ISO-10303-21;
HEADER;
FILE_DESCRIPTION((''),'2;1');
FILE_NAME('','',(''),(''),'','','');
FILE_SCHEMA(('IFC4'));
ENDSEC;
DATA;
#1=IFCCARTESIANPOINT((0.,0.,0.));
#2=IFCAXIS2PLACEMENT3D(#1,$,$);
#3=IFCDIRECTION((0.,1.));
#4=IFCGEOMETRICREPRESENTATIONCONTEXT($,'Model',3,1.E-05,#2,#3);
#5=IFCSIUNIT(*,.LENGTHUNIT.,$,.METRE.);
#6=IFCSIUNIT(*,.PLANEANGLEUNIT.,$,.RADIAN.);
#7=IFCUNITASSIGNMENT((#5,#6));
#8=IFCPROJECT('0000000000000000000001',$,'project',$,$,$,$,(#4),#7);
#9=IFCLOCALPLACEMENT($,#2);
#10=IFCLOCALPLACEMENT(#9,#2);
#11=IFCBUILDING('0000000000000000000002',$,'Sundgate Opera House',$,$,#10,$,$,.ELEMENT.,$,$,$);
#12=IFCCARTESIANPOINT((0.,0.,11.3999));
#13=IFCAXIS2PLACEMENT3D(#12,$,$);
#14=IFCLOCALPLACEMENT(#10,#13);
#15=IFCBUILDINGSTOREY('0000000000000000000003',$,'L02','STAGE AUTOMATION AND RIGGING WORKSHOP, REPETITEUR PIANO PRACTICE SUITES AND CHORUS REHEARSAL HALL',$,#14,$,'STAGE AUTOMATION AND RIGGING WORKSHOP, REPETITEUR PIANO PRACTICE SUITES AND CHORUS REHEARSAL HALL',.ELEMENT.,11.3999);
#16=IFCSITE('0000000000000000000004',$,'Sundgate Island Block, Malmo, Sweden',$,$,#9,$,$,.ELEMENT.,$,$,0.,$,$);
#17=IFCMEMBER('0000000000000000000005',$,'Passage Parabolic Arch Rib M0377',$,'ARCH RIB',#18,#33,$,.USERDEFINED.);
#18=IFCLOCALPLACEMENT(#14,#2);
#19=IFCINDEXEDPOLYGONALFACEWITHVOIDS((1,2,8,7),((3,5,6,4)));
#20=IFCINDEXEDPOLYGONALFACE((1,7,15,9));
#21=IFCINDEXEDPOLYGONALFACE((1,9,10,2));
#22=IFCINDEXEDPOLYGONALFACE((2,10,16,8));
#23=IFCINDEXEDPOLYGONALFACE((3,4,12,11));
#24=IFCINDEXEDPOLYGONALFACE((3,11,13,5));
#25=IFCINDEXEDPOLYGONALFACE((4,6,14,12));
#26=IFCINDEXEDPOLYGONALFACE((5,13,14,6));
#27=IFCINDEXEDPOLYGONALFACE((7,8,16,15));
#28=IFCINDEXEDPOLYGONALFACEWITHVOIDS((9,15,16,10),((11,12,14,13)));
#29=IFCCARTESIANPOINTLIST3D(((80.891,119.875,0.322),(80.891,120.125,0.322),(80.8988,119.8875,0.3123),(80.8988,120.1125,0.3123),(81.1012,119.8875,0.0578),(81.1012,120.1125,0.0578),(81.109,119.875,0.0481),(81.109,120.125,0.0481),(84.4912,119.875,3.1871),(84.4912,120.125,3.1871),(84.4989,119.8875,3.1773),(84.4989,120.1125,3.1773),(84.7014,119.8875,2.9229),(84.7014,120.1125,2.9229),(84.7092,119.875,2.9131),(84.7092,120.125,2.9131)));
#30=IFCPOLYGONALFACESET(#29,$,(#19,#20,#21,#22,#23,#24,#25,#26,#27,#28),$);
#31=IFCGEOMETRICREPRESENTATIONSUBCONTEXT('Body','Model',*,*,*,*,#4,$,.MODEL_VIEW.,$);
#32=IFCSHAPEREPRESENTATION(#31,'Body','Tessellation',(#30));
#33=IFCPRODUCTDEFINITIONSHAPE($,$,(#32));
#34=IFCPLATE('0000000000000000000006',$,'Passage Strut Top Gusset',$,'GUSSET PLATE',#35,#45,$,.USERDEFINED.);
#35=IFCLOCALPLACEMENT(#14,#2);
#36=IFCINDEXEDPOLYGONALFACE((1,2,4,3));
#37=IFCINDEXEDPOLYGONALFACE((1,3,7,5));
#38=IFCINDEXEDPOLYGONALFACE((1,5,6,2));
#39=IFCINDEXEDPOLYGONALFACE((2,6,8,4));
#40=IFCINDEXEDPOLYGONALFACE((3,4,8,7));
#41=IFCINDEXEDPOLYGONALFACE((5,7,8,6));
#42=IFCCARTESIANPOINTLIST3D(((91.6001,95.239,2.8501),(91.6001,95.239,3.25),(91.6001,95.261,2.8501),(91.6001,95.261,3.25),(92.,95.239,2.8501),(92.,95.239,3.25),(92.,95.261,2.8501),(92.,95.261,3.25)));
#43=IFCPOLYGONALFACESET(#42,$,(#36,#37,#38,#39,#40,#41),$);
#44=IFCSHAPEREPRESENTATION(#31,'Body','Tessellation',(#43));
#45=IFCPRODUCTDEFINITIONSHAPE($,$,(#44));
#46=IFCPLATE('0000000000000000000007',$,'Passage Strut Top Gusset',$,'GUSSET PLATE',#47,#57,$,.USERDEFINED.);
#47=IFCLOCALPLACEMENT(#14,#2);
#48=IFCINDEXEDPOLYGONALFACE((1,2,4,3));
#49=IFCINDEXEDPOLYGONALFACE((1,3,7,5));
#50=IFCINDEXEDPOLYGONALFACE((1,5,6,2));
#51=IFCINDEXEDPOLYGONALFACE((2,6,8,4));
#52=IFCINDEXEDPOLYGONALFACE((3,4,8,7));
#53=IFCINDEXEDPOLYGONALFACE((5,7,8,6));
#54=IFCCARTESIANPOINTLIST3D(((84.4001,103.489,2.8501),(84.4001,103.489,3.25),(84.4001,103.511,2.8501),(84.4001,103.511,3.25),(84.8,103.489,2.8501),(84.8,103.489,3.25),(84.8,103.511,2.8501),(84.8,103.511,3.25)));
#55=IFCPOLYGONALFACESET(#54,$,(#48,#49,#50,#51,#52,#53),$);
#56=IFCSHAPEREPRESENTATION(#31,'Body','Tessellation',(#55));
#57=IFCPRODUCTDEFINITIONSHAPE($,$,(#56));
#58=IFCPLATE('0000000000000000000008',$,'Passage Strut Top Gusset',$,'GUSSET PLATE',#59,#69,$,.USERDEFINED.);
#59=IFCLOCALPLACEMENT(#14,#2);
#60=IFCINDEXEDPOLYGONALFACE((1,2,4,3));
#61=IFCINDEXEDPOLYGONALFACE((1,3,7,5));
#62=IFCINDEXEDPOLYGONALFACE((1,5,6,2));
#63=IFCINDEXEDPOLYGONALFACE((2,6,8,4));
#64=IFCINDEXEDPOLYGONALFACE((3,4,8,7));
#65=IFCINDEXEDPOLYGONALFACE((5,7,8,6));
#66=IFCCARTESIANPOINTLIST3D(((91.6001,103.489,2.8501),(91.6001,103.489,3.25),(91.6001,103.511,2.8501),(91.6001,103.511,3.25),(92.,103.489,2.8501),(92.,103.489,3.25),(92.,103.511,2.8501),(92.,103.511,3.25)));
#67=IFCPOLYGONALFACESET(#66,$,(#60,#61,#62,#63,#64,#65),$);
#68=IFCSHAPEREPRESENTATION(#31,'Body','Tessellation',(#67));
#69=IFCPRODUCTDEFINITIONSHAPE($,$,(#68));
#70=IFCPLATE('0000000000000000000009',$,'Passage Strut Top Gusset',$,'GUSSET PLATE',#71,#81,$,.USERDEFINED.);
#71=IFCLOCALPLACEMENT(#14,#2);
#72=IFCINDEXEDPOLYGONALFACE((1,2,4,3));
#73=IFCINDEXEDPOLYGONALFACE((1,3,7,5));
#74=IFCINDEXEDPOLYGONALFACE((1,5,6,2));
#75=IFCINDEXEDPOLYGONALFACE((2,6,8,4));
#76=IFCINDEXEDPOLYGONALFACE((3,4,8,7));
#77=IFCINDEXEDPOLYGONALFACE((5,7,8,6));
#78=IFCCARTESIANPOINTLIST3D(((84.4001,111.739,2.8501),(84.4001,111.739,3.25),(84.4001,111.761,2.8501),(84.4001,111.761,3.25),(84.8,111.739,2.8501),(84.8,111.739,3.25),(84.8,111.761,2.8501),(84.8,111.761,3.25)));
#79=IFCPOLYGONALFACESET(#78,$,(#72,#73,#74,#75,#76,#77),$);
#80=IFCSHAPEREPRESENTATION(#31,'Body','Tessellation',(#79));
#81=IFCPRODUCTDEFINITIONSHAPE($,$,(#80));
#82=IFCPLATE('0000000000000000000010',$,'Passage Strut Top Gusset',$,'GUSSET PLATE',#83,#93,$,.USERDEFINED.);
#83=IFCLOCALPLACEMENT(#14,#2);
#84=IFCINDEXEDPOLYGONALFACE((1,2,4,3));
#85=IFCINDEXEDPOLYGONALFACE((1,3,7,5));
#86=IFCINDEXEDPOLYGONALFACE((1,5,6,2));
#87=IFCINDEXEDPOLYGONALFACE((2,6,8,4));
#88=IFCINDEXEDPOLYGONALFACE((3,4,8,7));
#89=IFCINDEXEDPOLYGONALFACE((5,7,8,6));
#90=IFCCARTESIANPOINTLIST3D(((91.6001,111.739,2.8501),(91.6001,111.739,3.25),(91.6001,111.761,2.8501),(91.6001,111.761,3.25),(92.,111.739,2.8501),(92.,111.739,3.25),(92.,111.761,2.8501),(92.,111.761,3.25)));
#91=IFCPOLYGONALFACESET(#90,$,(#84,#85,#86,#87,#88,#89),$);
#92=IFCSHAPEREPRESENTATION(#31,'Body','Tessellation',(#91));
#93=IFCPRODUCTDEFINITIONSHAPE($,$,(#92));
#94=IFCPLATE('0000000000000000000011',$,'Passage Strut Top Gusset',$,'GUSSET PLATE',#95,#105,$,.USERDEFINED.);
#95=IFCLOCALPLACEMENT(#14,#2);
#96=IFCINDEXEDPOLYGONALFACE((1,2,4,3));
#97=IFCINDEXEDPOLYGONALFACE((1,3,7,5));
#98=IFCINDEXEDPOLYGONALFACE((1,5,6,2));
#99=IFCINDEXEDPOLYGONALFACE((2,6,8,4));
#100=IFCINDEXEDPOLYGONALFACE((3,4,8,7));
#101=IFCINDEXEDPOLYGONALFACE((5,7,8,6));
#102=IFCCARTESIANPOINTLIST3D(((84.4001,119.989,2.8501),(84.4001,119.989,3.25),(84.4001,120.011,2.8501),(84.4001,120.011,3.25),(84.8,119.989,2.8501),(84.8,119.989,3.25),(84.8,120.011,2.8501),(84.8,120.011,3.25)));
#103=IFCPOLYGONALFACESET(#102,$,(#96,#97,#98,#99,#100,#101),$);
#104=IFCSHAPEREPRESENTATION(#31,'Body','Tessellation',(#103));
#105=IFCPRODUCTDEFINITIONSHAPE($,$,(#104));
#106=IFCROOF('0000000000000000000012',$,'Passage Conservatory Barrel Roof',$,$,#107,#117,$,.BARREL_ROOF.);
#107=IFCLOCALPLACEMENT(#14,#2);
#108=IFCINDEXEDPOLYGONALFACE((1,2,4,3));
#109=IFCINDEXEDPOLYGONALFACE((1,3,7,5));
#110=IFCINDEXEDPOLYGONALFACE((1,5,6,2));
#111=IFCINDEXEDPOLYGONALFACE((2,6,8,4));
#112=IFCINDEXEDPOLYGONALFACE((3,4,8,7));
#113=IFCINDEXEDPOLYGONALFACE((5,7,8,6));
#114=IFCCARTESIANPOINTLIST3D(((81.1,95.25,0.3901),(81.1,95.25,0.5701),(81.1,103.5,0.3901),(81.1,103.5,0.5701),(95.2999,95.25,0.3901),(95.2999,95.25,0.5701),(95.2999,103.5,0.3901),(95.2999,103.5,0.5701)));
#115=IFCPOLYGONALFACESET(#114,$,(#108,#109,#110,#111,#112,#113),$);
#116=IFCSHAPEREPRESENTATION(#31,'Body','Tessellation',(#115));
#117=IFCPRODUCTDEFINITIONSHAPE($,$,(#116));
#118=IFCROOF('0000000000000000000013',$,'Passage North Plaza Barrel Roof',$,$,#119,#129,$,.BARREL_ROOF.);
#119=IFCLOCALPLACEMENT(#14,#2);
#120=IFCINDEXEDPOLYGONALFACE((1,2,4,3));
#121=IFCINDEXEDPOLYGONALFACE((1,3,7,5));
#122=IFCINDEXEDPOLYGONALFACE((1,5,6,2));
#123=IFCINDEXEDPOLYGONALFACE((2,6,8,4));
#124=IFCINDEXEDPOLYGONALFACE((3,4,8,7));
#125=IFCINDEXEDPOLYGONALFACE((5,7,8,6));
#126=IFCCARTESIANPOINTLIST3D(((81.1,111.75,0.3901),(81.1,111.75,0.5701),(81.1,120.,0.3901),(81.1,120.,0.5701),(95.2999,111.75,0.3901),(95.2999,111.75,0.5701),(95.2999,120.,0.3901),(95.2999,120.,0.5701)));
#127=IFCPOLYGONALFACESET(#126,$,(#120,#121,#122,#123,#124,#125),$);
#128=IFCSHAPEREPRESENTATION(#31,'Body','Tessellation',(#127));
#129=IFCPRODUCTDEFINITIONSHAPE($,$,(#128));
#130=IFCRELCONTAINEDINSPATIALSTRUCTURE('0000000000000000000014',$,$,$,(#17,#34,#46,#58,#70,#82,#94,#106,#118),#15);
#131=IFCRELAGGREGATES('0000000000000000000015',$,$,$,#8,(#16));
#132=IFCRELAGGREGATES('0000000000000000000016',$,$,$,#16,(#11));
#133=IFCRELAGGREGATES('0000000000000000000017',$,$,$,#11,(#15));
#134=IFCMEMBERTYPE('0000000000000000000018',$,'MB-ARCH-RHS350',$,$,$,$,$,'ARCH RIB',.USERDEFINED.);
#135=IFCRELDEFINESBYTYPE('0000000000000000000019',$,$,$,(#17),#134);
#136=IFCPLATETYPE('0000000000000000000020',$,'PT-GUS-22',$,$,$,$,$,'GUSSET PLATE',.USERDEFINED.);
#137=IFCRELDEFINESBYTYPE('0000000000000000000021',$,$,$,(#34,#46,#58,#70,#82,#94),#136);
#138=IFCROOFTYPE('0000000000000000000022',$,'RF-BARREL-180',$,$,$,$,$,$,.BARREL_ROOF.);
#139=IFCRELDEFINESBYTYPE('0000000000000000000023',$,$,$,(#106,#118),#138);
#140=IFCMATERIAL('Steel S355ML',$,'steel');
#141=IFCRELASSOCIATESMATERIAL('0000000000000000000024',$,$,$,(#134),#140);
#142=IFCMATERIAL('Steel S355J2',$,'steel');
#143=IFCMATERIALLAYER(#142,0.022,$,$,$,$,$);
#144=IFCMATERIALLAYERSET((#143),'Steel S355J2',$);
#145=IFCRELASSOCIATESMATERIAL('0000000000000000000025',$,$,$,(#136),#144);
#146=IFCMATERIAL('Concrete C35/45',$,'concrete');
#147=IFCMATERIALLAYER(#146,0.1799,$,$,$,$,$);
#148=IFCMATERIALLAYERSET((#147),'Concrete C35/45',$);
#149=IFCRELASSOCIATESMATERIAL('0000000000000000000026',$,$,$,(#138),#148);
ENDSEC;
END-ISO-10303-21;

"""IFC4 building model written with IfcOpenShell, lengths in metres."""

from ifc_helpers import new_model, si_unit, direction, frame, origin, origin_2d, place, context, subcontext, project, spatial, rectangle, hollow_rectangle, extrude, material, layer, layer_set, material_profile, profile_set, type_object, element, save


model = new_model("IFC4")

# Units and contexts
model_context = context("Model", 3, precision=1e-05, world=origin(), true_north=direction((0.0, 1.0)))
body_context = subcontext(model_context, "Body", "Model", "MODEL_VIEW")
ifc_project = project(units=[si_unit("LENGTHUNIT", "METRE"), si_unit("PLANEANGLEUNIT", "RADIAN")], contexts=[model_context])

# Site, building, storey
site_placement = place(None, origin())
site = spatial("IfcSite", under=ifc_project, at=site_placement, Name="Sundgate Island Block, Malmo, Sweden", CompositionType="ELEMENT", RefElevation=0.0)
building_placement = place(site_placement, origin())
building = spatial("IfcBuilding", under=site, at=building_placement, Name="Sundgate Opera House", CompositionType="ELEMENT")
storey_placement = place(building_placement, frame((0.0, 0.0, 11.3999)))
storey = spatial("IfcBuildingStorey", under=building, at=storey_placement, Name="L02", Description="STAGE AUTOMATION AND RIGGING WORKSHOP, REPETITEUR PIANO PRACTICE SUITES AND CHORUS REHEARSAL HALL", LongName="STAGE AUTOMATION AND RIGGING WORKSHOP, REPETITEUR PIANO PRACTICE SUITES AND CHORUS REHEARSAL HALL", CompositionType="ELEMENT", Elevation=11.3999)

# Member
ifc_material_1 = material(Name="Steel S355ML", Category="steel")
ifc_material_profile_1 = material_profile(ifc_material_1, hollow_rectangle(XDim=0.25, YDim=0.3501, WallThickness=0.0125, at=origin_2d()), Name="RHS 350x250x12.5")
ifc_profile_set_1 = profile_set([ifc_material_profile_1], Name="Steel S355ML")
member_type_1 = type_object("IfcMemberType", Name="MB-ARCH-RHS350", ElementType="ARCH RIB", PredefinedType="USERDEFINED", material=ifc_profile_set_1)
for number, where, z_axis, x_axis, name in (
    (1, (81.0, 120.0, 0.1851), (0.782466, 0.0, 0.622693), (0.0, 1.0, 0.0), "Passage Parabolic Arch Rib M0377"),
):
    element("IfcMember", number, at=place(storey_placement, frame(where, z_axis=z_axis, x_axis=x_axis)), inside=storey, type_object=member_type_1, Name=name, ObjectType="ARCH RIB", PredefinedType="USERDEFINED", context=body_context, shape_type="SweptSolid", body=[
        extrude(hollow_rectangle(XDim=0.25, YDim=0.3501, WallThickness=0.0125, at=origin_2d()), origin(), (0.0, 0.0, 1.0), 4.6011),
    ])

# Plates
ifc_material_2 = material(Name="Steel S355J2", Category="steel")
ifc_layer_1 = layer(ifc_material_2, 0.022)
ifc_layer_set_1 = layer_set([ifc_layer_1], Name="Steel S355J2")
plate_type = type_object("IfcPlateType", Name="PT-GUS-22", ElementType="GUSSET PLATE", PredefinedType="USERDEFINED", material=ifc_layer_set_1)
for number, where, z_axis, x_axis, name in (
    (2, (91.8, 95.25, 2.8501), (0.0, 0.0, 1.0), (1.0, 0.0, 0.0), "Passage Strut Top Gusset"),
    (3, (84.6001, 103.5, 2.8501), (0.0, 0.0, 1.0), (1.0, 0.0, 0.0), "Passage Strut Top Gusset"),
    (4, (91.8, 103.5, 2.8501), (0.0, 0.0, 1.0), (1.0, 0.0, 0.0), "Passage Strut Top Gusset"),
    (5, (84.6001, 111.75, 2.8501), (0.0, 0.0, 1.0), (1.0, 0.0, 0.0), "Passage Strut Top Gusset"),
    (6, (91.8, 111.75, 2.8501), (0.0, 0.0, 1.0), (1.0, 0.0, 0.0), "Passage Strut Top Gusset"),
    (7, (84.6001, 120.0, 2.8501), (0.0, 0.0, 1.0), (1.0, 0.0, 0.0), "Passage Strut Top Gusset"),
):
    element("IfcPlate", number, at=place(storey_placement, frame(where, z_axis=z_axis, x_axis=x_axis)), inside=storey, type_object=plate_type, Name=name, ObjectType="GUSSET PLATE", PredefinedType="USERDEFINED", context=body_context, shape_type="SweptSolid", body=[
        extrude(rectangle(XDim=0.3999, YDim=0.022, at=origin_2d()), origin(), (0.0, 0.0, 1.0), 0.3999),
    ])

# Roofs
ifc_material_3 = material(Name="Concrete C35/45", Category="concrete")
ifc_layer_2 = layer(ifc_material_3, 0.1799)
ifc_layer_set_2 = layer_set([ifc_layer_2], Name="Concrete C35/45")
roof_type = type_object("IfcRoofType", Name="RF-BARREL-180", PredefinedType="BARREL_ROOF", material=ifc_layer_set_2)
for number, where, z_axis, x_axis, name in (
    (8, (88.2, 99.375, 0.3901), (0.0, 0.0, 1.0), (1.0, 0.0, 0.0), "Passage Conservatory Barrel Roof"),
    (9, (88.2, 115.875, 0.3901), (0.0, 0.0, 1.0), (1.0, 0.0, 0.0), "Passage North Plaza Barrel Roof"),
):
    element("IfcRoof", number, at=place(storey_placement, frame(where, z_axis=z_axis, x_axis=x_axis)), inside=storey, type_object=roof_type, Name=name, PredefinedType="BARREL_ROOF", context=body_context, shape_type="SweptSolid", body=[
        extrude(rectangle(XDim=14.2, YDim=8.25, at=origin_2d()), origin(), (0.0, 0.0, 1.0), 0.1799),
    ])

save(model, "model.ifc")
